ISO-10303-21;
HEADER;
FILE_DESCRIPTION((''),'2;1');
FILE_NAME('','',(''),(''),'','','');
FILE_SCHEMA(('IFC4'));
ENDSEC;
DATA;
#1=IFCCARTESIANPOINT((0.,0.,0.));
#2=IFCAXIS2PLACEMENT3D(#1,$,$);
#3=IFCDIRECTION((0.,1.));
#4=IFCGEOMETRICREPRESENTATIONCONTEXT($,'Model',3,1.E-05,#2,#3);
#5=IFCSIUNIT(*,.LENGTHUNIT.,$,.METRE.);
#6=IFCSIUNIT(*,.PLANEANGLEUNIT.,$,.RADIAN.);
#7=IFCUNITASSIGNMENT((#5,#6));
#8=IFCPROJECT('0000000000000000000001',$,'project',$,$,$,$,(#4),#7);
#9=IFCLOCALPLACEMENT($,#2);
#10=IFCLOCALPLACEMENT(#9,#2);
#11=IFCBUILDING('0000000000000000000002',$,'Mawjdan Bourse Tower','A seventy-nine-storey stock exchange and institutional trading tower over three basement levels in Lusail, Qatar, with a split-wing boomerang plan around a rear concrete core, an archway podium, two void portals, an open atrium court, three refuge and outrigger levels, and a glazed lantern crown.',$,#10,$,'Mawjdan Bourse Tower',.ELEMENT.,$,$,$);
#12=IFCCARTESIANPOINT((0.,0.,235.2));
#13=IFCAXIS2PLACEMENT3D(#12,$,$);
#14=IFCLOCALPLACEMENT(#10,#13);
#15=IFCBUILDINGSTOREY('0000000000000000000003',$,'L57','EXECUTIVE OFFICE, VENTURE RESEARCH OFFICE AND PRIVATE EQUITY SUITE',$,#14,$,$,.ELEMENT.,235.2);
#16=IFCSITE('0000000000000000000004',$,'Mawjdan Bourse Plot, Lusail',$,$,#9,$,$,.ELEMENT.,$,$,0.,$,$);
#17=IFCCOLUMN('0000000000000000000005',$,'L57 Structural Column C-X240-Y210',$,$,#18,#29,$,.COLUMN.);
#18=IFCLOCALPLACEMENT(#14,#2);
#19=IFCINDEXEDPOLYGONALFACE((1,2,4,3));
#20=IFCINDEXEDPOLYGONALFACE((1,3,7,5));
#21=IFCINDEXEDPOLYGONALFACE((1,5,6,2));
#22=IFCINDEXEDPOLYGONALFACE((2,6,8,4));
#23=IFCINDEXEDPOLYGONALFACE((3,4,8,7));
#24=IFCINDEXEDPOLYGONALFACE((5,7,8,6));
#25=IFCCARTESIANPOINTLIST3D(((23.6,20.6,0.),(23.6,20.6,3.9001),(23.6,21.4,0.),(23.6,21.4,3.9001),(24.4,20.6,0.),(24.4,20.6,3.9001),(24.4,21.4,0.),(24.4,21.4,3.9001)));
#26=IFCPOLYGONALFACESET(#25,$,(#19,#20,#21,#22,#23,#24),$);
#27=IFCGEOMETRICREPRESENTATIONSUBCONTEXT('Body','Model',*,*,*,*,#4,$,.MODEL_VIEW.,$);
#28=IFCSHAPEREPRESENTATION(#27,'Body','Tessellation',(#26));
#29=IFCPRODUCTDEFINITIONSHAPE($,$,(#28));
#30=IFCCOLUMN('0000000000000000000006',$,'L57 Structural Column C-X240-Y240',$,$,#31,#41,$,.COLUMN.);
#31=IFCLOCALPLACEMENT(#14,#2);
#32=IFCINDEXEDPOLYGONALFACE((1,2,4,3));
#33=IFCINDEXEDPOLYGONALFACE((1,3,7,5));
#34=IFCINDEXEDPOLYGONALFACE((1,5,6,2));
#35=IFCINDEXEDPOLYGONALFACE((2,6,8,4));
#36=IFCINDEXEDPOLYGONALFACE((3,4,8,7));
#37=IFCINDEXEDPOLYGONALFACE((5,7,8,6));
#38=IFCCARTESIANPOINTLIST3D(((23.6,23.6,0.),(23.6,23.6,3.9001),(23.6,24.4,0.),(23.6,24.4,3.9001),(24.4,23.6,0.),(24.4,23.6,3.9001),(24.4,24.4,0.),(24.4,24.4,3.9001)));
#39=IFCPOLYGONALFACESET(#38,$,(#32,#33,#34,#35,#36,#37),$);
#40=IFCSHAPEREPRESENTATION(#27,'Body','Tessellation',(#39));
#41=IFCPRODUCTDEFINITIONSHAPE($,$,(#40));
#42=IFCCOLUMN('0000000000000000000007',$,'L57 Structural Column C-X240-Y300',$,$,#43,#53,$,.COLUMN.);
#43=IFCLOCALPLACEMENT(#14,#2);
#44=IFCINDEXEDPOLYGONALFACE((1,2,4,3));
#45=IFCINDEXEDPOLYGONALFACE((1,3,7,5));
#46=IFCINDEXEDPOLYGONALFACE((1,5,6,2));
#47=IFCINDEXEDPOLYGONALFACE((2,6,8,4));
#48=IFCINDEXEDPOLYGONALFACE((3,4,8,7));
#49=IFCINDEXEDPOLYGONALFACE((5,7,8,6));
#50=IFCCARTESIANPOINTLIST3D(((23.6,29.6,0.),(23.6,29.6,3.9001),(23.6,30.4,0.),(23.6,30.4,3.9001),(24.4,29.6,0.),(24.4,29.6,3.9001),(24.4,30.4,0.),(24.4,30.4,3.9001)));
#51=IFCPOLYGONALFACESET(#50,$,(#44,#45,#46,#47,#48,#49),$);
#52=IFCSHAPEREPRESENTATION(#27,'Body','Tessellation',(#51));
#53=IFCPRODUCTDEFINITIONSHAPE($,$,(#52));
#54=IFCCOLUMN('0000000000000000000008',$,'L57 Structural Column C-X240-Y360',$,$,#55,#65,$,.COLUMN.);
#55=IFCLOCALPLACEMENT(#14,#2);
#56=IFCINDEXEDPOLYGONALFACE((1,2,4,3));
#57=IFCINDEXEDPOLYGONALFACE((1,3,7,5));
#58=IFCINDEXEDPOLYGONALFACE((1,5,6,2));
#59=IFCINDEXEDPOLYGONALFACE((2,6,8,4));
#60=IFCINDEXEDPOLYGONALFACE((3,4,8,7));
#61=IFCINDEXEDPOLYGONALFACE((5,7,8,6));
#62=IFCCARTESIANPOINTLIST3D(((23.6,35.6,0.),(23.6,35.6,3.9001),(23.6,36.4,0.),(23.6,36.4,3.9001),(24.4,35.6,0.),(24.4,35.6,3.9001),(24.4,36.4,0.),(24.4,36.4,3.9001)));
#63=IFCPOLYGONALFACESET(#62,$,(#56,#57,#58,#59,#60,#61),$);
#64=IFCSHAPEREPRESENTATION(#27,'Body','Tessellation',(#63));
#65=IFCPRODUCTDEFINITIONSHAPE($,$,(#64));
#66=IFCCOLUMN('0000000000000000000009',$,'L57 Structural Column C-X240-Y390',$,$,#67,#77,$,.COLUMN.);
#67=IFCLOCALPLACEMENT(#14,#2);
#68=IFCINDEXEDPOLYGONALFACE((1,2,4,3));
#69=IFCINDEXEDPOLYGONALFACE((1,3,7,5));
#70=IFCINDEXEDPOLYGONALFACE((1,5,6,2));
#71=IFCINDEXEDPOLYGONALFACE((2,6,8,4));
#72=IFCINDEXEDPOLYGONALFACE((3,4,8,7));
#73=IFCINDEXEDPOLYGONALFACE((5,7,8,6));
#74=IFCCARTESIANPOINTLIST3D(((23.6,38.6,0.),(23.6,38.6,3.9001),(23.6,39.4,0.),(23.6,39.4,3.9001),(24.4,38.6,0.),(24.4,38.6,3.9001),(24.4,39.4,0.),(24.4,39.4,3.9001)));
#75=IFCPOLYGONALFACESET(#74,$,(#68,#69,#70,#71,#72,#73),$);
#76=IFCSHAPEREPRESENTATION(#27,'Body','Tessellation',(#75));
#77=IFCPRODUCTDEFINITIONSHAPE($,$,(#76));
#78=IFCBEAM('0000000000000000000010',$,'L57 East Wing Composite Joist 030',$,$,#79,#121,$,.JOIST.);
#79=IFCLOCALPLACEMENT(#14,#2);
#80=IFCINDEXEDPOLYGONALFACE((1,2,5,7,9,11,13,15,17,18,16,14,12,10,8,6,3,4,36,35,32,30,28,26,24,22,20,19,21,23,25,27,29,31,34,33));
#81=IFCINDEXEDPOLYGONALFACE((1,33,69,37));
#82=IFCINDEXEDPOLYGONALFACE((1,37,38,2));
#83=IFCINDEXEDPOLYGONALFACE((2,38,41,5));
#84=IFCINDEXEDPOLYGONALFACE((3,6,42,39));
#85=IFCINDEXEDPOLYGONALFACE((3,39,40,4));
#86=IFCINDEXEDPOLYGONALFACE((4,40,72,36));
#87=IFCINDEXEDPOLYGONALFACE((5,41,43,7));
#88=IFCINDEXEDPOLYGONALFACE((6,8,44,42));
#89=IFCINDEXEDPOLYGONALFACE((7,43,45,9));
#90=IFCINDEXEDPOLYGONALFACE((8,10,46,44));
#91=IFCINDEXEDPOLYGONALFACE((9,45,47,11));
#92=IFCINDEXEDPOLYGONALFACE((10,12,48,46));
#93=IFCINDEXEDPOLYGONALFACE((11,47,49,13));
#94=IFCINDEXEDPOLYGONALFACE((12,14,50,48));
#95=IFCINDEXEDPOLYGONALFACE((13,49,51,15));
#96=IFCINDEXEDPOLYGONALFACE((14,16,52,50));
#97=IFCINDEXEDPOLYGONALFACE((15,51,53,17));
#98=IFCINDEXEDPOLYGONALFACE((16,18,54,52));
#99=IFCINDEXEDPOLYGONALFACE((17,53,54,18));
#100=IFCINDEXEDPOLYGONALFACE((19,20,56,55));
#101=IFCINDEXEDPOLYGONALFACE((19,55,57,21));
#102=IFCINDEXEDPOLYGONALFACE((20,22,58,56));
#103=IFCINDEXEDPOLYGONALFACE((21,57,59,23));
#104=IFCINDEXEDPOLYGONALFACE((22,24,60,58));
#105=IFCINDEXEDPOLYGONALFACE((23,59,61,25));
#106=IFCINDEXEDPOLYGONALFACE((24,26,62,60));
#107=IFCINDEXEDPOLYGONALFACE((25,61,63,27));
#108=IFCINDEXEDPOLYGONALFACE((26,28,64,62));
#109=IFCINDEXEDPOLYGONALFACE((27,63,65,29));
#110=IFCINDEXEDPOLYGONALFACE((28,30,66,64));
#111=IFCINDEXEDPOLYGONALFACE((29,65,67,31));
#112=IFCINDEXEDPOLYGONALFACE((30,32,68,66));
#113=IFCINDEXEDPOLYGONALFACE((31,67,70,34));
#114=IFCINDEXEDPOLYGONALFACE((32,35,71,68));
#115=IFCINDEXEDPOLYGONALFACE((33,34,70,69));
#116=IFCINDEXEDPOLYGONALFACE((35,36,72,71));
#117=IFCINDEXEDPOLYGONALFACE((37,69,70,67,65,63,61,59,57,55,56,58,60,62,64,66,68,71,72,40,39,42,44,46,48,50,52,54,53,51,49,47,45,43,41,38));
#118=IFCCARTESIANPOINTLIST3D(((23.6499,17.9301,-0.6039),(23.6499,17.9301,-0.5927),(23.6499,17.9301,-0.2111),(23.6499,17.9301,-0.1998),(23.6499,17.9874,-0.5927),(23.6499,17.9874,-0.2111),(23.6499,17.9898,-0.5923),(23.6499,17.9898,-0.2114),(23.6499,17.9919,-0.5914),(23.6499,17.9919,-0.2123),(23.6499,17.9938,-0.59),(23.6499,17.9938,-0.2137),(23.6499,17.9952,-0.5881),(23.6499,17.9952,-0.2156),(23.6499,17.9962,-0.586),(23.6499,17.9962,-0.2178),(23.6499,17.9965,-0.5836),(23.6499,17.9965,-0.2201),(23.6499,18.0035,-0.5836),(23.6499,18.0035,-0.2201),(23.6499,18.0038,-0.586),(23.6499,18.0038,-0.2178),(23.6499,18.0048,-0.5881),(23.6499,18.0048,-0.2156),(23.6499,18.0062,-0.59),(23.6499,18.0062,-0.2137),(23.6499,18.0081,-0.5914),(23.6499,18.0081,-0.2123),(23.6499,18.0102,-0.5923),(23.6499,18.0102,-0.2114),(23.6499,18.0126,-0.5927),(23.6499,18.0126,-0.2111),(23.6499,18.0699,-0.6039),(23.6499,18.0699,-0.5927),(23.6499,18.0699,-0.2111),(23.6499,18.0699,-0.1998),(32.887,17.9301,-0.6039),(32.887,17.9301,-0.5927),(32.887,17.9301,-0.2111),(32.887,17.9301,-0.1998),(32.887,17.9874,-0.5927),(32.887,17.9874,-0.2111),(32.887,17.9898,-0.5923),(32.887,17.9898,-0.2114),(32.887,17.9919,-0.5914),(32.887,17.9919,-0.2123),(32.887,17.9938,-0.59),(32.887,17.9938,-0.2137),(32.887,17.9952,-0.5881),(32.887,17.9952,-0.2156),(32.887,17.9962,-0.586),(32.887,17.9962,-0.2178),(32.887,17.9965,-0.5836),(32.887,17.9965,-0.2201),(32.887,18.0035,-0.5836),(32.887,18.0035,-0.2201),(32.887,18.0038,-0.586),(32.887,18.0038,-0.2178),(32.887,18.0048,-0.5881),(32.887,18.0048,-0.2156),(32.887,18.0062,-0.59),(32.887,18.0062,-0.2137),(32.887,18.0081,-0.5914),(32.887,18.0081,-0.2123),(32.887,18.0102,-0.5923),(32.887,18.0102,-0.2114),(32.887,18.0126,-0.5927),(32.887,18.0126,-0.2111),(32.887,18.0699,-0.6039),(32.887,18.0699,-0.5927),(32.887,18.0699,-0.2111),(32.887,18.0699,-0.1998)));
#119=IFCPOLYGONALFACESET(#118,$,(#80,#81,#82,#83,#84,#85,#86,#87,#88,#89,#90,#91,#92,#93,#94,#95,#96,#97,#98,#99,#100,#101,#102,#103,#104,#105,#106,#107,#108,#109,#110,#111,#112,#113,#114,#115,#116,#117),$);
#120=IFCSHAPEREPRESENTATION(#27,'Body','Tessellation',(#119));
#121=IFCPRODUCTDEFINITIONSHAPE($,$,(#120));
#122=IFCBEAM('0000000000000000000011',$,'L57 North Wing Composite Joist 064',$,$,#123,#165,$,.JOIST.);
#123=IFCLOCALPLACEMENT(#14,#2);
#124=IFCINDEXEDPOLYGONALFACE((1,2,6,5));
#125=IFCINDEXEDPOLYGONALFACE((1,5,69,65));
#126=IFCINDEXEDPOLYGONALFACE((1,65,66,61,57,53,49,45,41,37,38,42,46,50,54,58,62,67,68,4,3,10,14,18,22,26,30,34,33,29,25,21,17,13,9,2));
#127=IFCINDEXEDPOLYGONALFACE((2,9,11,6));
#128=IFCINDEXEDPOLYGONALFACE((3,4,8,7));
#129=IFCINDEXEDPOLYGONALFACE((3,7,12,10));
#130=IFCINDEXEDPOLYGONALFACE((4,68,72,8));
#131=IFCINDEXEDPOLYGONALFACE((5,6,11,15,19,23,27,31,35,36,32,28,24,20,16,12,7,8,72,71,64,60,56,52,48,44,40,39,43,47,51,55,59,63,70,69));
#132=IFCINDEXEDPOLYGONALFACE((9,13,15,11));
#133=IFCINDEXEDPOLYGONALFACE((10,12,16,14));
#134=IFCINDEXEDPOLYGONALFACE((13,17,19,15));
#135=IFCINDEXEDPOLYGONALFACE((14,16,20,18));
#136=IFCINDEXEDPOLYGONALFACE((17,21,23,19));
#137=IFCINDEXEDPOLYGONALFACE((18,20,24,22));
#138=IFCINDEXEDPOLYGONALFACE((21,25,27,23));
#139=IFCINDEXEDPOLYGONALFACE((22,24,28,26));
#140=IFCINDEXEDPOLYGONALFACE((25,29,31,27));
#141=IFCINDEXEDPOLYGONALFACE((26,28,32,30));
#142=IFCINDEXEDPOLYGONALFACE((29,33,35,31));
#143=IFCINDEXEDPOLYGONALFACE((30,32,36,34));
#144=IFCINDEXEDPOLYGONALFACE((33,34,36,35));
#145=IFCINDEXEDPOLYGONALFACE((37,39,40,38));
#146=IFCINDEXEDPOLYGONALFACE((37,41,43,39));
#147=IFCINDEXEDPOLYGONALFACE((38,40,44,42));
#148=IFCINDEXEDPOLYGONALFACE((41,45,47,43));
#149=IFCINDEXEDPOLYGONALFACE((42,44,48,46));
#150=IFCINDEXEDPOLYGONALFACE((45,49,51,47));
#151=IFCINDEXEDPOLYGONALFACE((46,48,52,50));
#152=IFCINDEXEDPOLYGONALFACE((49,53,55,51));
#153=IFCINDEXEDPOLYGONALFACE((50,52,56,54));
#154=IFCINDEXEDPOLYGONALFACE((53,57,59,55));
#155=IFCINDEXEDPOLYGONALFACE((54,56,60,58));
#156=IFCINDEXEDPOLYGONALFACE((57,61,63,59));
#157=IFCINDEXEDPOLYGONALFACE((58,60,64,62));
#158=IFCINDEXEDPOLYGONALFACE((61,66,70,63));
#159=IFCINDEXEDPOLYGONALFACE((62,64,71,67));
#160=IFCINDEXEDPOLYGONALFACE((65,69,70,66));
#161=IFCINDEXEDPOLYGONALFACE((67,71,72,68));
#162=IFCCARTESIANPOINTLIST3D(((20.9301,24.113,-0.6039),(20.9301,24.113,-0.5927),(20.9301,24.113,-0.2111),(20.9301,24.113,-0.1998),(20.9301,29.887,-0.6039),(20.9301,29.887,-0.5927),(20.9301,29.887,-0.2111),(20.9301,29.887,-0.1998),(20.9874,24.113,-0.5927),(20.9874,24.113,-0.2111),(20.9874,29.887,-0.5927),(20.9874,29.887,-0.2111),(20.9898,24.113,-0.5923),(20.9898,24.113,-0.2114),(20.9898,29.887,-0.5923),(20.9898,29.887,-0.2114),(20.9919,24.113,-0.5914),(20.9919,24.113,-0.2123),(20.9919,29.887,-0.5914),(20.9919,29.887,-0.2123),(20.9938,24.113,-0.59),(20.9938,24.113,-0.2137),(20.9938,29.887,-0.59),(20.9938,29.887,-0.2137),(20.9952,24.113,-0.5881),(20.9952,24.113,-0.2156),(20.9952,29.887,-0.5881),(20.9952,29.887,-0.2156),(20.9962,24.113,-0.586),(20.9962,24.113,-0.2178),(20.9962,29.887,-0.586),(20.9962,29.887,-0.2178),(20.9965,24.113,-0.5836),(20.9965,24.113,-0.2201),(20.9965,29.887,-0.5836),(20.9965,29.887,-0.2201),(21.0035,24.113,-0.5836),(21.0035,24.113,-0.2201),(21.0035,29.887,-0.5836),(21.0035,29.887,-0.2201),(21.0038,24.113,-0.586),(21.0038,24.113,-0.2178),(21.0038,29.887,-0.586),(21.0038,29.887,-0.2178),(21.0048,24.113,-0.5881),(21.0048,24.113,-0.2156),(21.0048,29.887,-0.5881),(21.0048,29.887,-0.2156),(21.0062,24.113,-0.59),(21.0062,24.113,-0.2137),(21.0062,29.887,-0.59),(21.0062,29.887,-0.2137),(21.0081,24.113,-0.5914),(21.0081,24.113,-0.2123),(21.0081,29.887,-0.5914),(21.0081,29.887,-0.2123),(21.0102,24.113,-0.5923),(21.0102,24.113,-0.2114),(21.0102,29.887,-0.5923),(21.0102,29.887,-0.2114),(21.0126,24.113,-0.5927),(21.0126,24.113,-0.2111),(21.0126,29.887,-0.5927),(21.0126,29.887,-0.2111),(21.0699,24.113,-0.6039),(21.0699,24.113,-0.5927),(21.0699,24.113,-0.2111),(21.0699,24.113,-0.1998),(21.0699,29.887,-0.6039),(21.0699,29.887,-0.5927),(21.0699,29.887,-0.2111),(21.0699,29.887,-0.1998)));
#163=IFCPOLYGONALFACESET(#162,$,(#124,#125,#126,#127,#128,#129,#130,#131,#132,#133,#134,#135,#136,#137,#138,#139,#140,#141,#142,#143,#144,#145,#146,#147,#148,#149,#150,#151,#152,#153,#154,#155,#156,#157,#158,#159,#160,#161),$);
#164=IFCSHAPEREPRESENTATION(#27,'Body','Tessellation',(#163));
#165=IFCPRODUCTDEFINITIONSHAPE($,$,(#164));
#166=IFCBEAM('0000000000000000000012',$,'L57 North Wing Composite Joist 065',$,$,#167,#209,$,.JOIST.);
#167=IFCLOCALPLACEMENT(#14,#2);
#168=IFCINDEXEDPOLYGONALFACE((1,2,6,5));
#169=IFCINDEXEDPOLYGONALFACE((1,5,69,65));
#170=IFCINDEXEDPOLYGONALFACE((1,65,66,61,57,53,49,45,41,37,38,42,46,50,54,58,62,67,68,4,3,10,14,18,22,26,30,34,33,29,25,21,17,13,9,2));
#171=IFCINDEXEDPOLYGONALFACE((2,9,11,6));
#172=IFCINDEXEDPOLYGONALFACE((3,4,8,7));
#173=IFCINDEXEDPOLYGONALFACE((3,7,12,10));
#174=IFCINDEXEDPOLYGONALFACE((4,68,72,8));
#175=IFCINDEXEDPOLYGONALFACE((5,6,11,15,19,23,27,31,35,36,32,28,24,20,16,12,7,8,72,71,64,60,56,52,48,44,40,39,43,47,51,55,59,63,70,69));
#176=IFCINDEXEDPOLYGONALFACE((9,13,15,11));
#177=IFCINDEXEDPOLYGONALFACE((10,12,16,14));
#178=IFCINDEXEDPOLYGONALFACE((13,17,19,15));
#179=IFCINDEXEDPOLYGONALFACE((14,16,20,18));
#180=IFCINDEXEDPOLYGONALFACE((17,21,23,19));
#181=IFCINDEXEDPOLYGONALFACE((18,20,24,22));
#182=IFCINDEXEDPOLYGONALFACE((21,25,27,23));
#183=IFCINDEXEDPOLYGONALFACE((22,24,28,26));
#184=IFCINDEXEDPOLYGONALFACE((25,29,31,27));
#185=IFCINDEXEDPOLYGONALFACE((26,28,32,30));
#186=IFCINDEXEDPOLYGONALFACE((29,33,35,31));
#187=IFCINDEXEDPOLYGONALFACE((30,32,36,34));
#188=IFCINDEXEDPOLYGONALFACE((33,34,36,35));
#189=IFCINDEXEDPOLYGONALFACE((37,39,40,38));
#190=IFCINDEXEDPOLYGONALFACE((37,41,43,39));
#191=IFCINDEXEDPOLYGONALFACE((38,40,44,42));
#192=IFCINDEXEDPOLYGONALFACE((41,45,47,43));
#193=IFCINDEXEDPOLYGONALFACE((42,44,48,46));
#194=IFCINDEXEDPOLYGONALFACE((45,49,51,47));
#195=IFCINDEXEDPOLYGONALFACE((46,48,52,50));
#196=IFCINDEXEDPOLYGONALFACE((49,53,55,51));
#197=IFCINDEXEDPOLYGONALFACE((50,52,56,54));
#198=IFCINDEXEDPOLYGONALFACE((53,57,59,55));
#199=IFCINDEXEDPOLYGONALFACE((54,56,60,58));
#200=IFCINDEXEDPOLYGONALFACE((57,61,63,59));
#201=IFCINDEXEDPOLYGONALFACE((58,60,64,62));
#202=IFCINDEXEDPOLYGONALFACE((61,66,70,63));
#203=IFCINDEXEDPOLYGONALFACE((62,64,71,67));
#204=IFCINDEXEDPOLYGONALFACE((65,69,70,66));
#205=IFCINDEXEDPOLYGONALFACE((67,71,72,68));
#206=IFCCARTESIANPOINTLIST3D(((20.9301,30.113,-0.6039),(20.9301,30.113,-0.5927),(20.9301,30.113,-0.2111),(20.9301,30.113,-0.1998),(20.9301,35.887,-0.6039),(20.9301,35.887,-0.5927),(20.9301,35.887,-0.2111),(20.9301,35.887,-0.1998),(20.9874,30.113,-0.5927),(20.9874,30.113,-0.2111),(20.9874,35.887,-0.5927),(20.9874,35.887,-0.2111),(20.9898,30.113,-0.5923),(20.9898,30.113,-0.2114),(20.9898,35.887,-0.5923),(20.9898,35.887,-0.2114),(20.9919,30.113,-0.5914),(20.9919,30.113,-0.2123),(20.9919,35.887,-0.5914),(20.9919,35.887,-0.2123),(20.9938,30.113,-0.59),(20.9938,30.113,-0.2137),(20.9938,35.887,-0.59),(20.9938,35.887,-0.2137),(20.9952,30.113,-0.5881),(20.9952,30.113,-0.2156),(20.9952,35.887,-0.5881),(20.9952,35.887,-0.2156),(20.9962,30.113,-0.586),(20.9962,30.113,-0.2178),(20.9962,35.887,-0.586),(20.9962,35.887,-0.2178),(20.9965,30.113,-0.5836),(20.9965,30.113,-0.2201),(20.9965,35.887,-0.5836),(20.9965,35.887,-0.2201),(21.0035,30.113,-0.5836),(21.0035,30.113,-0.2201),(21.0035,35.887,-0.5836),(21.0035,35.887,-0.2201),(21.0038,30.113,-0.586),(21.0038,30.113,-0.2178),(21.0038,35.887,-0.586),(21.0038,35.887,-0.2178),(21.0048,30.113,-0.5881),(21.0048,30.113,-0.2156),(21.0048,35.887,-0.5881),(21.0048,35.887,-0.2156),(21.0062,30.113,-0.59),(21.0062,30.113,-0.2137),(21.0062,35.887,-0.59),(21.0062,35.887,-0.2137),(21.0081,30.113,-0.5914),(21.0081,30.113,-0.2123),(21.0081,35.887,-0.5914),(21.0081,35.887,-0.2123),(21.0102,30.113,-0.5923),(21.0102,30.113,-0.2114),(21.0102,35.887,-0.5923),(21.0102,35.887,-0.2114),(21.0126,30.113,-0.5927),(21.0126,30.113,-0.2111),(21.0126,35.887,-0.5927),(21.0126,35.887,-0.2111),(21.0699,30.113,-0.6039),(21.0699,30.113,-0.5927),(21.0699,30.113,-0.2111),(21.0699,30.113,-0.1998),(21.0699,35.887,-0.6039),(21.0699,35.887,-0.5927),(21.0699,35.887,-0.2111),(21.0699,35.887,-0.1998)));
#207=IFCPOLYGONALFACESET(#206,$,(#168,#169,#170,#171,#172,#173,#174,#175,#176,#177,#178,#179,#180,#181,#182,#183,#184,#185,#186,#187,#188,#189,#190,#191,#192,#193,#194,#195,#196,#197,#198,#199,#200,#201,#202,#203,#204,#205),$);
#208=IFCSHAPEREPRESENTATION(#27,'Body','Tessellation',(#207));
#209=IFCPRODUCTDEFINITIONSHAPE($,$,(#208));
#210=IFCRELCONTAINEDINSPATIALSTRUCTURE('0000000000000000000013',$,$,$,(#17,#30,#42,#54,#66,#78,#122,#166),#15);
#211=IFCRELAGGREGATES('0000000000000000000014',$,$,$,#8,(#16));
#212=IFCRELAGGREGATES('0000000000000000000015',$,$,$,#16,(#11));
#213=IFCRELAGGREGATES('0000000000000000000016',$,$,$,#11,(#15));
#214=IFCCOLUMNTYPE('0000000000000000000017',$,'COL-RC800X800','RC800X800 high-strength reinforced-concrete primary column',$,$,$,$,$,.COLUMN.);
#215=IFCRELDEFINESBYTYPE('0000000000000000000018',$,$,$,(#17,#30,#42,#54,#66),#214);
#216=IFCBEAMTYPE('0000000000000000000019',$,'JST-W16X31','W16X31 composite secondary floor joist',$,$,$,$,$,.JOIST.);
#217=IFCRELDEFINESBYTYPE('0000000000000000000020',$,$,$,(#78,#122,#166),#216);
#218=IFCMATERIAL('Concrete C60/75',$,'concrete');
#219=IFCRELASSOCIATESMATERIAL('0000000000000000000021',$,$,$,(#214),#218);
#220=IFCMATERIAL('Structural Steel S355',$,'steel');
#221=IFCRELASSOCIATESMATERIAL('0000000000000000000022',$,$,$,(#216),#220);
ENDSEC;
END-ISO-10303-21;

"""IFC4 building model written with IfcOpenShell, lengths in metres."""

from ifc_helpers import new_model, si_unit, direction, frame, origin, origin_2d, place, context, subcontext, project, spatial, rectangle, i_section, extrude, material, material_profile, profile_set, type_object, element, save


model = new_model("IFC4")

# Units and contexts
model_context = context("Model", 3, precision=1e-05, world=origin(), true_north=direction((0.0, 1.0)))
body_context = subcontext(model_context, "Body", "Model", "MODEL_VIEW")
ifc_project = project(units=[si_unit("LENGTHUNIT", "METRE"), si_unit("PLANEANGLEUNIT", "RADIAN")], contexts=[model_context])

# Site, building, storey
site_placement = place(None, origin())
site = spatial("IfcSite", under=ifc_project, at=site_placement, Name="Mawjdan Bourse Plot, Lusail", CompositionType="ELEMENT", RefElevation=0.0)
building_placement = place(site_placement, origin())
building = spatial("IfcBuilding", under=site, at=building_placement, Name="Mawjdan Bourse Tower", Description="A seventy-nine-storey stock exchange and institutional trading tower over three basement levels in Lusail, Qatar, with a split-wing boomerang plan around a rear concrete core, an archway podium, two void portals, an open atrium court, three refuge and outrigger levels, and a glazed lantern crown.", LongName="Mawjdan Bourse Tower", CompositionType="ELEMENT")
storey_placement = place(building_placement, frame((0.0, 0.0, 235.2)))
storey = spatial("IfcBuildingStorey", under=building, at=storey_placement, Name="L57", Description="EXECUTIVE OFFICE, VENTURE RESEARCH OFFICE AND PRIVATE EQUITY SUITE", CompositionType="ELEMENT", Elevation=235.2)

# Columns
ifc_material_1 = material(Name="Concrete C60/75", Category="concrete")
ifc_material_profile_1 = material_profile(ifc_material_1, rectangle(XDim=0.8, YDim=0.8, at=origin_2d()), Name="RC800X800")
ifc_profile_set_1 = profile_set([ifc_material_profile_1], Name="Concrete C60/75")
column_type = type_object("IfcColumnType", Name="COL-RC800X800", Description="RC800X800 high-strength reinforced-concrete primary column", PredefinedType="COLUMN", material=ifc_profile_set_1)
for number, where, z_axis, x_axis, name in (
    (1, (24.0, 21.0, 0.0), (0.0, 0.0, 1.0), (1.0, 0.0, 0.0), "L57 Structural Column C-X240-Y210"),
    (2, (24.0, 24.0, 0.0), (0.0, 0.0, 1.0), (1.0, 0.0, 0.0), "L57 Structural Column C-X240-Y240"),
    (3, (24.0, 30.0, 0.0), (0.0, 0.0, 1.0), (1.0, 0.0, 0.0), "L57 Structural Column C-X240-Y300"),
    (4, (24.0, 36.0, 0.0), (0.0, 0.0, 1.0), (1.0, 0.0, 0.0), "L57 Structural Column C-X240-Y360"),
    (5, (24.0, 39.0, 0.0), (0.0, 0.0, 1.0), (1.0, 0.0, 0.0), "L57 Structural Column C-X240-Y390"),
):
    element("IfcColumn", number, at=place(storey_placement, frame(where, z_axis=z_axis, x_axis=x_axis)), inside=storey, type_object=column_type, Name=name, PredefinedType="COLUMN", context=body_context, shape_type="SweptSolid", body=[
        extrude(rectangle(XDim=0.8, YDim=0.8, at=origin_2d()), origin(), (0.0, 0.0, 1.0), 3.9001),
    ])

# Beams
ifc_material_2 = material(Name="Structural Steel S355", Category="steel")
ifc_material_profile_2 = material_profile(ifc_material_2, i_section(OverallWidth=0.1399, OverallDepth=0.4041, WebThickness=0.0071, FlangeThickness=0.0112, FilletRadius=0.009, at=origin_2d()), Name="W16X31")
ifc_profile_set_2 = profile_set([ifc_material_profile_2], Name="Structural Steel S355")
beam_type_1 = type_object("IfcBeamType", Name="JST-W16X31", Description="W16X31 composite secondary floor joist", PredefinedType="JOIST", material=ifc_profile_set_2)
beam_1_placement = place(storey_placement, frame((23.6499, 18.0, -0.4019), z_axis=(1.0, 0.0, 0.0), x_axis=(0.0, 1.0, 0.0)))
element("IfcBeam", 6, at=beam_1_placement, inside=storey, type_object=beam_type_1, Name="L57 East Wing Composite Joist 030", PredefinedType="JOIST", context=body_context, shape_type="SweptSolid", body=[
    extrude(i_section(OverallWidth=0.1399, OverallDepth=0.4041, WebThickness=0.0071, FlangeThickness=0.0112, FilletRadius=0.009, at=origin_2d()), origin(), (0.0, 0.0, 1.0), 9.2371),
])
for number, where, z_axis, x_axis, name in (
    (7, (21.0, 24.113, -0.4019), (0.0, 1.0, 0.0), (-1.0, 0.0, 0.0), "L57 North Wing Composite Joist 064"),
    (8, (21.0, 30.113, -0.4019), (0.0, 1.0, 0.0), (-1.0, 0.0, 0.0), "L57 North Wing Composite Joist 065"),
):
    element("IfcBeam", number, at=place(storey_placement, frame(where, z_axis=z_axis, x_axis=x_axis)), inside=storey, type_object=beam_type_1, Name=name, PredefinedType="JOIST", context=body_context, shape_type="SweptSolid", body=[
        extrude(i_section(OverallWidth=0.1399, OverallDepth=0.4041, WebThickness=0.0071, FlangeThickness=0.0112, FilletRadius=0.009, at=origin_2d()), origin(), (0.0, 0.0, 1.0), 5.7739),
    ])

save(model, "model.ifc")
